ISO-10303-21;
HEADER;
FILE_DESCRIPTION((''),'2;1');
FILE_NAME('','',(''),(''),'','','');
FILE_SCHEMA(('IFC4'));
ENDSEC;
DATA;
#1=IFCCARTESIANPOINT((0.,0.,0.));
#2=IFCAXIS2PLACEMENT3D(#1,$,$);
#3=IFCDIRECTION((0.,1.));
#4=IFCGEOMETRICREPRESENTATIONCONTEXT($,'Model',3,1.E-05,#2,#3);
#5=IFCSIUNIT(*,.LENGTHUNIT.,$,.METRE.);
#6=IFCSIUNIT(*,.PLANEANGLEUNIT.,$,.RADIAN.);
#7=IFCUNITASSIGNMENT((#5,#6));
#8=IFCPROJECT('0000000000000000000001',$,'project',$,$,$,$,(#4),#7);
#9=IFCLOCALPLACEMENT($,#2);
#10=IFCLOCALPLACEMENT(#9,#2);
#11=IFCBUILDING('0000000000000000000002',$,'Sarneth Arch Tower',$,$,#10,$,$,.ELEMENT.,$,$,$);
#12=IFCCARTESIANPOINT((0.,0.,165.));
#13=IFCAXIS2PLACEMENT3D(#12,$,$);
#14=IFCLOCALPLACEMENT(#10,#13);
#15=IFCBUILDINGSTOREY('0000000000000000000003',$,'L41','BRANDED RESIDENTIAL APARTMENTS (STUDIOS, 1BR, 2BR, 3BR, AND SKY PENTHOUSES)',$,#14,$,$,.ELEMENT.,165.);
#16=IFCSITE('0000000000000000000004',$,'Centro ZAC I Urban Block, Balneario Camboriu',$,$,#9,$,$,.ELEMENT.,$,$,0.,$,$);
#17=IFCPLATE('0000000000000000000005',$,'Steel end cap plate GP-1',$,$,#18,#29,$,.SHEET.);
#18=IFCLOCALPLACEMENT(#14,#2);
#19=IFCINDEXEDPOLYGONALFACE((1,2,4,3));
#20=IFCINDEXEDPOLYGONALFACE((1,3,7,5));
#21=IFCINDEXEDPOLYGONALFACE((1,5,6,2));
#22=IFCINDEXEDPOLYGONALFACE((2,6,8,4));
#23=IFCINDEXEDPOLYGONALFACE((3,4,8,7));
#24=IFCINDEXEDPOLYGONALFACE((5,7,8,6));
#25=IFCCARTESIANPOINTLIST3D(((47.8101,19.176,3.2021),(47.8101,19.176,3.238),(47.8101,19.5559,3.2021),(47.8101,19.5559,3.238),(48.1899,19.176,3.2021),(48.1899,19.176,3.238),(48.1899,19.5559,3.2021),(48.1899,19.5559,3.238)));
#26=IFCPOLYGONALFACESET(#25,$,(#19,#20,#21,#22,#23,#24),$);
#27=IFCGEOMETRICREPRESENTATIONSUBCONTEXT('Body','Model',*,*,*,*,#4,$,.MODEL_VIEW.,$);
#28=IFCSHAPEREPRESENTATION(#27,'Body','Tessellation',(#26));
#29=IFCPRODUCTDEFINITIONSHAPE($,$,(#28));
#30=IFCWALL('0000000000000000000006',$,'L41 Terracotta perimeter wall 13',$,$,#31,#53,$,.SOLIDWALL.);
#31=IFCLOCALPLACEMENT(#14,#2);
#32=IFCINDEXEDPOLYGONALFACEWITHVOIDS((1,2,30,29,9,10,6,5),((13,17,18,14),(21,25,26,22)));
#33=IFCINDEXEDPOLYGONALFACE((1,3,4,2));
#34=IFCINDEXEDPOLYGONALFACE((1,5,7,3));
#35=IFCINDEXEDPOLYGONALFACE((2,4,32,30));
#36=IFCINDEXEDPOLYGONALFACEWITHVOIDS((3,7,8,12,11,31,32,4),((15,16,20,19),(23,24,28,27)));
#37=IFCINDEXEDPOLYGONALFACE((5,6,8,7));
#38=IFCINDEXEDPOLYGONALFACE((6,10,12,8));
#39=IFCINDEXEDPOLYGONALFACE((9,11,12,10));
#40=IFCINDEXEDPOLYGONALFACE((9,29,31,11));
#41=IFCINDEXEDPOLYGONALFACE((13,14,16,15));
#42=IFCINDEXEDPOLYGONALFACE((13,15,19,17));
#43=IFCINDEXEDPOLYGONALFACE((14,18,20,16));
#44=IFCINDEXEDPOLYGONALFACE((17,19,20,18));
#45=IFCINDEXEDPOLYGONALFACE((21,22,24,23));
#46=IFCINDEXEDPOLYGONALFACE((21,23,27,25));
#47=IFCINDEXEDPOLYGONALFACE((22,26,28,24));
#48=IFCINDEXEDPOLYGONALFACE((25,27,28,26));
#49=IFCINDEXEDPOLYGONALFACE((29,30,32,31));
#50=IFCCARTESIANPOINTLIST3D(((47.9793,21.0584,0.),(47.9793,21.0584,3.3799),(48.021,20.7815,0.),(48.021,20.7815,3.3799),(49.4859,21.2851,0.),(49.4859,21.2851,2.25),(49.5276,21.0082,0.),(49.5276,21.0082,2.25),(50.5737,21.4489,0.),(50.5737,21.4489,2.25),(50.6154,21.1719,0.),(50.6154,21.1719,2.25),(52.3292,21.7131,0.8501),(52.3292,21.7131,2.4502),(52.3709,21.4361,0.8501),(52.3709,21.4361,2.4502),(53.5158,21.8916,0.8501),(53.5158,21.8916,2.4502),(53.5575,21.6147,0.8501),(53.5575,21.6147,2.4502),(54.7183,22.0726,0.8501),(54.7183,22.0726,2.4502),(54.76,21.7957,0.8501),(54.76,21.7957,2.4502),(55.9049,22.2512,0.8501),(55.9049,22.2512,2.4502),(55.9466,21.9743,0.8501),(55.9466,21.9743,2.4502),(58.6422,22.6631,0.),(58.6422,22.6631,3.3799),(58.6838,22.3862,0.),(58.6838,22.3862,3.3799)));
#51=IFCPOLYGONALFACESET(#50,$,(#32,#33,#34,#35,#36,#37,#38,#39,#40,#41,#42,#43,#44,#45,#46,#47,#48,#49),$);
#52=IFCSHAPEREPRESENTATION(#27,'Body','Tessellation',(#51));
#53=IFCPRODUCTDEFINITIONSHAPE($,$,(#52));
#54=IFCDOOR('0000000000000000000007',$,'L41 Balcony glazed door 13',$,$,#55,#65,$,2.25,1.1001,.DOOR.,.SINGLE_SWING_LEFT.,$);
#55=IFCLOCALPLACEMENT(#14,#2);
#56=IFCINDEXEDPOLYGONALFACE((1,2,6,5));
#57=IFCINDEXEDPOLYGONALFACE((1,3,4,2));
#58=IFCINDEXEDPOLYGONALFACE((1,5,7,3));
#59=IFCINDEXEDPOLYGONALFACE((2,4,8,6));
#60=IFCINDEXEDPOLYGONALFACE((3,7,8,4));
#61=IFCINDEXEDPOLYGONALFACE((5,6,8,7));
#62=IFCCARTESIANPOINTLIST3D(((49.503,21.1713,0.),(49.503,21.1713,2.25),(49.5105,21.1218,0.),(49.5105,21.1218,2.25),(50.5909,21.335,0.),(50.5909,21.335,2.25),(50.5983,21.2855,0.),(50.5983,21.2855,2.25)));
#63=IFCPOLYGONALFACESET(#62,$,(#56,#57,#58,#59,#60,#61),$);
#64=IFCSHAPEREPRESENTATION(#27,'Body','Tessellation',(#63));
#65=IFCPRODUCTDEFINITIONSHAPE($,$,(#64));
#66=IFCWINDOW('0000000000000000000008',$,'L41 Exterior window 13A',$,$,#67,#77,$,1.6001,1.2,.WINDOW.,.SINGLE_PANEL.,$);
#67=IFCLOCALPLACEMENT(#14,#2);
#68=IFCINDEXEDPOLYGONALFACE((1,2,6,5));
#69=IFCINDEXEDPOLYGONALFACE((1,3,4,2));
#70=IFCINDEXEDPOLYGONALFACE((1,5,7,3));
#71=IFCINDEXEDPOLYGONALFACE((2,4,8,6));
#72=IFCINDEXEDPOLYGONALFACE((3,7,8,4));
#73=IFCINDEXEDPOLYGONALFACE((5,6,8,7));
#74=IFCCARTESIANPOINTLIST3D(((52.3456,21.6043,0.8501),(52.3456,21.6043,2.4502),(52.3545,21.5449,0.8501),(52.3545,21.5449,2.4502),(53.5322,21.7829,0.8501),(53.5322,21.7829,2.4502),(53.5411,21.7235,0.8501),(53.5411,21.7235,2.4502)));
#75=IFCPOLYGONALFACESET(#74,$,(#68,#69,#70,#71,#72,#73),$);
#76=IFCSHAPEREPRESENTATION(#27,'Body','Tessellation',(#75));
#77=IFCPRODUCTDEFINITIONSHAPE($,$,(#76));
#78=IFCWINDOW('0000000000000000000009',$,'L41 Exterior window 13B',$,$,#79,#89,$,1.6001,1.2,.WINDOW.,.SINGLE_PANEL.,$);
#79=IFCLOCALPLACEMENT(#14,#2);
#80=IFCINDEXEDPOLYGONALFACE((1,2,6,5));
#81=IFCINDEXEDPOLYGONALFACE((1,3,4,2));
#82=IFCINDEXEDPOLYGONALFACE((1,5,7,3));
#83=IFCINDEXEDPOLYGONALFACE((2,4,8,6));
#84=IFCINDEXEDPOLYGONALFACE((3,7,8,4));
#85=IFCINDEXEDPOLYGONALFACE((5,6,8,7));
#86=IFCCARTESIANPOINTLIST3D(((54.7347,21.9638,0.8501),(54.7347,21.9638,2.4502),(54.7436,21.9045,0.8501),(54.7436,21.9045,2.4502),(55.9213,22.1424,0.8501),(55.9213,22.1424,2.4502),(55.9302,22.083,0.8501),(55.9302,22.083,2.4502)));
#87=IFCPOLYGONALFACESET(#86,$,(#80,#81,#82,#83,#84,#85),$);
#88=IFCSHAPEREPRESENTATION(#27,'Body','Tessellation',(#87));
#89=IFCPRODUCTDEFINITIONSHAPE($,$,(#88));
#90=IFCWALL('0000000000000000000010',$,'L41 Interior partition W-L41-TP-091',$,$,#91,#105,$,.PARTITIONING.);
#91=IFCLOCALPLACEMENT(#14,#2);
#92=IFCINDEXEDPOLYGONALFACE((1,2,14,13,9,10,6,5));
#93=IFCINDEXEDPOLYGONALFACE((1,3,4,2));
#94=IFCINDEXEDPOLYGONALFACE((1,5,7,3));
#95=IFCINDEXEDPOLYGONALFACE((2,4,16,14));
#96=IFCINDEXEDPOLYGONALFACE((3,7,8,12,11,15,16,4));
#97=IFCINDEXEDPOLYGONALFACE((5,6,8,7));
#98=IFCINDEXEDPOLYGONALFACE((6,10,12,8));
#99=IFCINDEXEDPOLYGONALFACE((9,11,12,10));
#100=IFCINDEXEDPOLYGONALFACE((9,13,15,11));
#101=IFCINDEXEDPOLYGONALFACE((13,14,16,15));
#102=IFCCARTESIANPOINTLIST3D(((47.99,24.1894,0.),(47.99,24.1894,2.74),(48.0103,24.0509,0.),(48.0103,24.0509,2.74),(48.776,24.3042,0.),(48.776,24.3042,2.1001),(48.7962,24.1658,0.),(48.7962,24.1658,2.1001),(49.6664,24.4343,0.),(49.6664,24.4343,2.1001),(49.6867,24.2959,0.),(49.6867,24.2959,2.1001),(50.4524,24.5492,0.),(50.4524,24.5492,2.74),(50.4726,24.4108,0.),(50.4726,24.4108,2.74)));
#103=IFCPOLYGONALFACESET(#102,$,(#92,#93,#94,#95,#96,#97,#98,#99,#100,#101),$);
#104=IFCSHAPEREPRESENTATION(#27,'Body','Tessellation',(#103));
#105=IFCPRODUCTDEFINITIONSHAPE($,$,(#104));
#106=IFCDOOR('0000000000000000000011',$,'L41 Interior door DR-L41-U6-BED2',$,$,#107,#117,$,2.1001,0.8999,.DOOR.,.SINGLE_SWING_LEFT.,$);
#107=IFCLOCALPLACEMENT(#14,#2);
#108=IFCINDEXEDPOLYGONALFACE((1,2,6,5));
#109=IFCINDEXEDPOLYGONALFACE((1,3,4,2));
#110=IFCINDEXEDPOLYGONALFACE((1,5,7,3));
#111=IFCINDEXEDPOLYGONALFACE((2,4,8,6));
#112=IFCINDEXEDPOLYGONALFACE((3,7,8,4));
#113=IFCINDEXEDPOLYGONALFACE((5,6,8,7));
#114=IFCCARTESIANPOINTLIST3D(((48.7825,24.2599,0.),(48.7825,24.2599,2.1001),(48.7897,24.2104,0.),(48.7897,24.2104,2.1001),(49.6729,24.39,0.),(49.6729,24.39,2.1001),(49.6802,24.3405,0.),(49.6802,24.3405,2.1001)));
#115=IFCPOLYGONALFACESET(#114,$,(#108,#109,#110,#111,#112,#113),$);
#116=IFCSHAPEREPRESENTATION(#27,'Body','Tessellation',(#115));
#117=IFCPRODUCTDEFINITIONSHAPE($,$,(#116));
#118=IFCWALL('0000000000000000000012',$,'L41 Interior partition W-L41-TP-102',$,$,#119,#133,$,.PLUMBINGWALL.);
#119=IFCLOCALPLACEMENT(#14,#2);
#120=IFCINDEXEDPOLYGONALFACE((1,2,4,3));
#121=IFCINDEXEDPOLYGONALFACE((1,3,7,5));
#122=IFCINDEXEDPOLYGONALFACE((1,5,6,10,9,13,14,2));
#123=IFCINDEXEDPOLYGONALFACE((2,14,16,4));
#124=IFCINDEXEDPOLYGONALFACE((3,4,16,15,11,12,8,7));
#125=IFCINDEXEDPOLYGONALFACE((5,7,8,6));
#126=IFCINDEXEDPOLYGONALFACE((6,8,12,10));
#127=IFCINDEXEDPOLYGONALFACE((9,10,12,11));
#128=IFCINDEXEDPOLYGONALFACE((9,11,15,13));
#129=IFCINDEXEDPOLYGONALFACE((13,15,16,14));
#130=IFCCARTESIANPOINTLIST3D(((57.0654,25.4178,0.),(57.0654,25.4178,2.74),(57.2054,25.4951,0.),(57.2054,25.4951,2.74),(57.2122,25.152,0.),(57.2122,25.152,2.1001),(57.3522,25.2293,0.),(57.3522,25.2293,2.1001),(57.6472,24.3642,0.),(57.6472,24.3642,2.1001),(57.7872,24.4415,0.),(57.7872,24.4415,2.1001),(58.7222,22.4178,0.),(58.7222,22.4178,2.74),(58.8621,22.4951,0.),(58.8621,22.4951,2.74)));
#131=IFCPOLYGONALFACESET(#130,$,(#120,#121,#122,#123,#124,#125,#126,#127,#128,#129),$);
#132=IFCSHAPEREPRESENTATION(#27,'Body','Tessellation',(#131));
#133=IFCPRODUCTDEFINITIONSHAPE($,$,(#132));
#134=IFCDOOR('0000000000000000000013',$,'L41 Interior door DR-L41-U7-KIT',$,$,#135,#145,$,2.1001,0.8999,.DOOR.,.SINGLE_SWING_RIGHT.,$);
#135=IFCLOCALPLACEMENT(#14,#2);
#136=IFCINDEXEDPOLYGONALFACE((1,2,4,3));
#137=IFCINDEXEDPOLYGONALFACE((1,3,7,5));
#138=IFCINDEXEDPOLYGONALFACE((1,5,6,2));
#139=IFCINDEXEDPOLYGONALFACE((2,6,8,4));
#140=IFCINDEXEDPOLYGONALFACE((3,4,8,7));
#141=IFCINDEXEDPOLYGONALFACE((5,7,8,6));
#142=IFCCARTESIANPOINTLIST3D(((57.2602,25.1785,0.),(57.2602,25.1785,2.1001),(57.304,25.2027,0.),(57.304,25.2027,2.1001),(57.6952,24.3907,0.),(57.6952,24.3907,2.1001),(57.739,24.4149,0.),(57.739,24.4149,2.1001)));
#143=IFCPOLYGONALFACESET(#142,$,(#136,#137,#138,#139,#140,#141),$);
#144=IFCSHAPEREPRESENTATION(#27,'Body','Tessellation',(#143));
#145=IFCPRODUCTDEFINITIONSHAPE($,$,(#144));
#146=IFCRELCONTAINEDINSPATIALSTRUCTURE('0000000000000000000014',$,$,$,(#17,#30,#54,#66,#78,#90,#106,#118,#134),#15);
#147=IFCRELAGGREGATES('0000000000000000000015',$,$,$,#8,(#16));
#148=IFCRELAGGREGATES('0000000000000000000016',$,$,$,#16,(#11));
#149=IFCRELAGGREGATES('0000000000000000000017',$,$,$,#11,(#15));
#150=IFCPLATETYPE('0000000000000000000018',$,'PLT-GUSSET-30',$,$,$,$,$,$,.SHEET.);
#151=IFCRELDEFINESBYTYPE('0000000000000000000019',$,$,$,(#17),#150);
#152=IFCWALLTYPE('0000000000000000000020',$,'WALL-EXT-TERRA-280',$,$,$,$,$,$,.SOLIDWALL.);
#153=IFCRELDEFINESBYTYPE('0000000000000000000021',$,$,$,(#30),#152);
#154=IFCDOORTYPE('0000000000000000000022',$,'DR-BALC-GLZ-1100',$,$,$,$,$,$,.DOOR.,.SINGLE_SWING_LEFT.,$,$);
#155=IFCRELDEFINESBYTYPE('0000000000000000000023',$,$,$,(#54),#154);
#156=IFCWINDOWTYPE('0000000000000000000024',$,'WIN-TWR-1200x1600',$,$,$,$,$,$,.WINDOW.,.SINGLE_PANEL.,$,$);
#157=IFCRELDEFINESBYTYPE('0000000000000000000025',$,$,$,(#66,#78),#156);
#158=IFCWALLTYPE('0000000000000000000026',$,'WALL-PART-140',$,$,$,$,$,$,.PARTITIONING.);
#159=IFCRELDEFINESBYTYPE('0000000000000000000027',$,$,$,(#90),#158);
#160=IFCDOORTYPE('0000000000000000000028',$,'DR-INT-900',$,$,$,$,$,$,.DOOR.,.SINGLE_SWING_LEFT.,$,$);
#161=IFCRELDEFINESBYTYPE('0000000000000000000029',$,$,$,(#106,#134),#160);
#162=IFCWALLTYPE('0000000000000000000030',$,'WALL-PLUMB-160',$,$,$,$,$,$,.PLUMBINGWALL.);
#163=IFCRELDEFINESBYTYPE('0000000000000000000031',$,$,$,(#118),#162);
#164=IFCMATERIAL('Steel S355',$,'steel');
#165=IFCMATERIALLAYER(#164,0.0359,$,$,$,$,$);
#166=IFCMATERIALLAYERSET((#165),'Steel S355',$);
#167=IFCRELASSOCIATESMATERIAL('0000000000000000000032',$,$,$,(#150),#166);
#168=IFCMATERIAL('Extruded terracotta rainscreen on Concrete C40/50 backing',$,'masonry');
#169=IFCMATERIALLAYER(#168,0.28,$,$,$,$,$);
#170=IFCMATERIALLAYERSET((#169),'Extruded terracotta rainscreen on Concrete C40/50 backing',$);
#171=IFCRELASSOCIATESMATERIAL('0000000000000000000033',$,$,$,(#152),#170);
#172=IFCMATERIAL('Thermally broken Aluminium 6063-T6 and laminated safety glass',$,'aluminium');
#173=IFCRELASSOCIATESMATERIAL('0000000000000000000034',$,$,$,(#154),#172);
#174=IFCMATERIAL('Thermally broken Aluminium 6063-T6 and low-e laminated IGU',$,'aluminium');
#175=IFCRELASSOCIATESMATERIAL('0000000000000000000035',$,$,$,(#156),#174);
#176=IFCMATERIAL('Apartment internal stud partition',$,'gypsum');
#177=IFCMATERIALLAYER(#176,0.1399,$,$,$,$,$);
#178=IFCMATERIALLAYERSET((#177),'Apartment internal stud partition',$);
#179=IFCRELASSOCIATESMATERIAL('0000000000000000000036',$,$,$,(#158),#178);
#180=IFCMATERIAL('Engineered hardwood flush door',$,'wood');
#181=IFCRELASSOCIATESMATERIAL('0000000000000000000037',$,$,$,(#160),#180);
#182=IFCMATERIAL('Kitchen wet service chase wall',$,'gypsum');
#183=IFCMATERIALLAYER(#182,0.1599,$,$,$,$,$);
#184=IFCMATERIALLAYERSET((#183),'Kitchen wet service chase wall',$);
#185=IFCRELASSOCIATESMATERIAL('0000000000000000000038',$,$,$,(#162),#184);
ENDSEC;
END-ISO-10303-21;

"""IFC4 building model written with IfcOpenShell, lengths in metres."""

from ifc_helpers import new_model, si_unit, direction, frame, frame_2d, origin, origin_2d, place, context, subcontext, project, spatial, rectangle, extrude, material, layer, layer_set, type_object, element, fill, save


model = new_model("IFC4")

# Units and contexts
model_context = context("Model", 3, precision=1e-05, world=origin(), true_north=direction((0.0, 1.0)))
body_context = subcontext(model_context, "Body", "Model", "MODEL_VIEW")
ifc_project = project(units=[si_unit("LENGTHUNIT", "METRE"), si_unit("PLANEANGLEUNIT", "RADIAN")], contexts=[model_context])

# Site, building, storey
site_placement = place(None, origin())
site = spatial("IfcSite", under=ifc_project, at=site_placement, Name="Centro ZAC I Urban Block, Balneario Camboriu", CompositionType="ELEMENT", RefElevation=0.0)
building_placement = place(site_placement, origin())
building = spatial("IfcBuilding", under=site, at=building_placement, Name="Sarneth Arch Tower", CompositionType="ELEMENT")
storey_placement = place(building_placement, frame((0.0, 0.0, 165.0)))
storey = spatial("IfcBuildingStorey", under=building, at=storey_placement, Name="L41", Description="BRANDED RESIDENTIAL APARTMENTS (STUDIOS, 1BR, 2BR, 3BR, AND SKY PENTHOUSES)", CompositionType="ELEMENT", Elevation=165.0)

# Plate
ifc_material_1 = material(Name="Steel S355", Category="steel")
ifc_layer_1 = layer(ifc_material_1, 0.0359)
ifc_layer_set_1 = layer_set([ifc_layer_1], Name="Steel S355")
plate_type_1 = type_object("IfcPlateType", Name="PLT-GUSSET-30", PredefinedType="SHEET", material=ifc_layer_set_1)
plate_1_placement = place(storey_placement, frame((48.0, 19.366, 3.2021), z_axis=(0.0, 0.0, 1.0), x_axis=(0.0, -1.0, 0.0)))
element("IfcPlate", 1, at=plate_1_placement, inside=storey, type_object=plate_type_1, Name="Steel end cap plate GP-1", PredefinedType="SHEET", context=body_context, shape_type="SweptSolid", body=[
    extrude(rectangle(XDim=0.3799, YDim=0.3799, at=origin_2d()), origin(), (0.0, 0.0, 1.0), 0.0359),
])

# Wall, openings, door, windows
ifc_material_2 = material(Name="Extruded terracotta rainscreen on Concrete C40/50 backing", Category="masonry")
ifc_layer_2 = layer(ifc_material_2, 0.28)
ifc_layer_set_2 = layer_set([ifc_layer_2], Name="Extruded terracotta rainscreen on Concrete C40/50 backing")
wall_type_1 = type_object("IfcWallType", Name="WALL-EXT-TERRA-280", PredefinedType="SOLIDWALL", material=ifc_layer_set_2)
wall_1_placement = place(storey_placement, frame((48.0, 20.9199, 0.0), z_axis=(0.0, 0.0, 1.0), x_axis=(0.988864, 0.148822, 0.0)))
wall_1 = element("IfcWall", 2, at=wall_1_placement, inside=storey, type_object=wall_type_1, Name="L41 Terracotta perimeter wall 13", PredefinedType="SOLIDWALL", context=body_context, shape_type="SweptSolid", body=[
    extrude(rectangle(XDim=10.783, YDim=0.28, at=frame_2d((5.3916, 0.0))), origin(), (0.0, 0.0, 1.0), 3.3799),
])
opening_1_placement = place(wall_1_placement, frame((1.5237, 0.0, 0.0)))
opening_1 = element("IfcOpeningElement", 3, at=opening_1_placement, cuts=wall_1, PredefinedType="OPENING", context=body_context, shape_type="SweptSolid", body=[
    extrude(rectangle(XDim=1.1001, YDim=2.25, at=frame_2d((0.55, 1.125))), frame((0.0, 0.1499, 0.0), z_axis=(0.0, -1.0, 0.0), x_axis=(1.0, 0.0, 0.0)), (0.0, 0.0, 1.0), 0.3),
])
opening_2_placement = place(wall_1_placement, frame((4.3989, 0.0, 0.8501)))
opening_2 = element("IfcOpeningElement", 4, at=opening_2_placement, cuts=wall_1, PredefinedType="OPENING", context=body_context, shape_type="SweptSolid", body=[
    extrude(rectangle(XDim=1.2, YDim=1.6001, at=frame_2d((0.6001, 0.8))), frame((0.0, 0.1499, 0.0), z_axis=(0.0, -1.0, 0.0), x_axis=(1.0, 0.0, 0.0)), (0.0, 0.0, 1.0), 0.3),
])
opening_3_placement = place(wall_1_placement, frame((6.8149, 0.0, 0.8501)))
opening_3 = element("IfcOpeningElement", 5, at=opening_3_placement, cuts=wall_1, PredefinedType="OPENING", context=body_context, shape_type="SweptSolid", body=[
    extrude(rectangle(XDim=1.2, YDim=1.6001, at=frame_2d((0.6001, 0.8))), frame((0.0, 0.1499, 0.0), z_axis=(0.0, -1.0, 0.0), x_axis=(1.0, 0.0, 0.0)), (0.0, 0.0, 1.0), 0.3),
])
ifc_material_3 = material(Name="Thermally broken Aluminium 6063-T6 and laminated safety glass", Category="aluminium")
door_type_1 = type_object("IfcDoorType", Name="DR-BALC-GLZ-1100", OperationType="SINGLE_SWING_LEFT", PredefinedType="DOOR", material=ifc_material_3)
door_1_placement = place(opening_1_placement, origin())
door_1 = element("IfcDoor", 6, at=door_1_placement, inside=storey, type_object=door_type_1, Name="L41 Balcony glazed door 13", OperationType="SINGLE_SWING_LEFT", OverallHeight=2.25, OverallWidth=1.1001, PredefinedType="DOOR", context=body_context, shape_type="SweptSolid", body=[
    extrude(rectangle(XDim=1.1001, YDim=2.25, at=frame_2d((0.55, 1.125))), frame((0.0, 0.0249, 0.0), z_axis=(0.0, -1.0, 0.0), x_axis=(1.0, 0.0, 0.0)), (0.0, 0.0, 1.0), 0.05),
])
fill(opening_1, door_1)
ifc_material_4 = material(Name="Thermally broken Aluminium 6063-T6 and low-e laminated IGU", Category="aluminium")
window_type = type_object("IfcWindowType", Name="WIN-TWR-1200x1600", PartitioningType="SINGLE_PANEL", PredefinedType="WINDOW", material=ifc_material_4)
window_1_placement = place(opening_2_placement, origin())
window_1 = element("IfcWindow", 7, at=window_1_placement, inside=storey, type_object=window_type, Name="L41 Exterior window 13A", OverallHeight=1.6001, OverallWidth=1.2, PartitioningType="SINGLE_PANEL", PredefinedType="WINDOW", context=body_context, shape_type="SweptSolid", body=[
    extrude(rectangle(XDim=1.2, YDim=1.6001, at=frame_2d((0.6001, 0.8))), frame((0.0, 0.03, 0.0), z_axis=(0.0, -1.0, 0.0), x_axis=(1.0, 0.0, 0.0)), (0.0, 0.0, 1.0), 0.0601),
])
fill(opening_2, window_1)
window_2_placement = place(opening_3_placement, origin())
window_2 = element("IfcWindow", 8, at=window_2_placement, inside=storey, type_object=window_type, Name="L41 Exterior window 13B", OverallHeight=1.6001, OverallWidth=1.2, PartitioningType="SINGLE_PANEL", PredefinedType="WINDOW", context=body_context, shape_type="SweptSolid", body=[
    extrude(rectangle(XDim=1.2, YDim=1.6001, at=frame_2d((0.6001, 0.8))), frame((0.0, 0.03, 0.0), z_axis=(0.0, -1.0, 0.0), x_axis=(1.0, 0.0, 0.0)), (0.0, 0.0, 1.0), 0.0601),
])
fill(opening_3, window_2)

# Walls, openings, doors
ifc_material_5 = material(Name="Apartment internal stud partition", Category="gypsum")
ifc_layer_3 = layer(ifc_material_5, 0.1399)
ifc_layer_set_3 = layer_set([ifc_layer_3], Name="Apartment internal stud partition")
wall_type_2 = type_object("IfcWallType", Name="WALL-PART-140", PredefinedType="PARTITIONING", material=ifc_layer_set_3)
wall_2_placement = place(storey_placement, frame((50.4624, 24.48, 0.0), z_axis=(0.0, 0.0, 1.0), x_axis=(-0.989489, -0.144607, 0.0)))
wall_2 = element("IfcWall", 9, at=wall_2_placement, inside=storey, type_object=wall_type_2, Name="L41 Interior partition W-L41-TP-091", PredefinedType="PARTITIONING", context=body_context, shape_type="SweptSolid", body=[
    extrude(rectangle(XDim=2.4885, YDim=0.1399, at=frame_2d((1.2441, 0.0))), origin(), (0.0, 0.0, 1.0), 2.74),
])
opening_4_placement = place(wall_2_placement, frame((0.7942, 0.0, 0.0)))
opening_4 = element("IfcOpeningElement", 10, at=opening_4_placement, cuts=wall_2, PredefinedType="OPENING", context=body_context, shape_type="SweptSolid", body=[
    extrude(rectangle(XDim=0.8999, YDim=2.1001, at=frame_2d((0.45, 1.05))), frame((0.0, 0.0798, 0.0), z_axis=(0.0, -1.0, 0.0), x_axis=(1.0, 0.0, 0.0)), (0.0, 0.0, 1.0), 0.1599),
])
ifc_material_6 = material(Name="Engineered hardwood flush door", Category="wood")
door_type_2 = type_object("IfcDoorType", Name="DR-INT-900", OperationType="SINGLE_SWING_LEFT", PredefinedType="DOOR", material=ifc_material_6)
door_2_placement = place(opening_4_placement, origin())
door_2 = element("IfcDoor", 11, at=door_2_placement, inside=storey, type_object=door_type_2, Name="L41 Interior door DR-L41-U6-BED2", OperationType="SINGLE_SWING_LEFT", OverallHeight=2.1001, OverallWidth=0.8999, PredefinedType="DOOR", context=body_context, shape_type="SweptSolid", body=[
    extrude(rectangle(XDim=0.8999, YDim=2.1001, at=frame_2d((0.45, 1.05))), frame((0.0, 0.0249, 0.0), z_axis=(0.0, -1.0, 0.0), x_axis=(1.0, 0.0, 0.0)), (0.0, 0.0, 1.0), 0.05),
])
fill(opening_4, door_2)
ifc_material_7 = material(Name="Kitchen wet service chase wall", Category="gypsum")
ifc_layer_4 = layer(ifc_material_7, 0.1599)
ifc_layer_set_4 = layer_set([ifc_layer_4], Name="Kitchen wet service chase wall")
wall_type_3 = type_object("IfcWallType", Name="WALL-PLUMB-160", PredefinedType="PLUMBINGWALL", material=ifc_layer_set_4)
wall_3_placement = place(storey_placement, frame((57.1355, 25.4563, 0.0), z_axis=(0.0, 0.0, 1.0), x_axis=(0.483428, -0.875384, 0.0)))
wall_3 = element("IfcWall", 12, at=wall_3_placement, inside=storey, type_object=wall_type_3, Name="L41 Interior partition W-L41-TP-102", PredefinedType="PLUMBINGWALL", context=body_context, shape_type="SweptSolid", body=[
    extrude(rectangle(XDim=3.427, YDim=0.1599, at=frame_2d((1.7134, 0.0))), origin(), (0.0, 0.0, 1.0), 2.74),
])
opening_5_placement = place(wall_3_placement, frame((0.3035, 0.0, 0.0)))
opening_5 = element("IfcOpeningElement", 13, at=opening_5_placement, cuts=wall_3, PredefinedType="OPENING", context=body_context, shape_type="SweptSolid", body=[
    extrude(rectangle(XDim=0.8999, YDim=2.1001, at=frame_2d((0.45, 1.05))), frame((0.0, 0.0898, 0.0), z_axis=(0.0, -1.0, 0.0), x_axis=(1.0, 0.0, 0.0)), (0.0, 0.0, 1.0), 0.1799),
])
door_3_placement = place(opening_5_placement, origin())
door_3 = element("IfcDoor", 14, at=door_3_placement, inside=storey, type_object=door_type_2, Name="L41 Interior door DR-L41-U7-KIT", OperationType="SINGLE_SWING_RIGHT", OverallHeight=2.1001, OverallWidth=0.8999, PredefinedType="DOOR", context=body_context, shape_type="SweptSolid", body=[
    extrude(rectangle(XDim=0.8999, YDim=2.1001, at=frame_2d((0.45, 1.05))), frame((0.0, 0.0249, 0.0), z_axis=(0.0, -1.0, 0.0), x_axis=(1.0, 0.0, 0.0)), (0.0, 0.0, 1.0), 0.05),
])
fill(opening_5, door_3)

save(model, "model.ifc")
